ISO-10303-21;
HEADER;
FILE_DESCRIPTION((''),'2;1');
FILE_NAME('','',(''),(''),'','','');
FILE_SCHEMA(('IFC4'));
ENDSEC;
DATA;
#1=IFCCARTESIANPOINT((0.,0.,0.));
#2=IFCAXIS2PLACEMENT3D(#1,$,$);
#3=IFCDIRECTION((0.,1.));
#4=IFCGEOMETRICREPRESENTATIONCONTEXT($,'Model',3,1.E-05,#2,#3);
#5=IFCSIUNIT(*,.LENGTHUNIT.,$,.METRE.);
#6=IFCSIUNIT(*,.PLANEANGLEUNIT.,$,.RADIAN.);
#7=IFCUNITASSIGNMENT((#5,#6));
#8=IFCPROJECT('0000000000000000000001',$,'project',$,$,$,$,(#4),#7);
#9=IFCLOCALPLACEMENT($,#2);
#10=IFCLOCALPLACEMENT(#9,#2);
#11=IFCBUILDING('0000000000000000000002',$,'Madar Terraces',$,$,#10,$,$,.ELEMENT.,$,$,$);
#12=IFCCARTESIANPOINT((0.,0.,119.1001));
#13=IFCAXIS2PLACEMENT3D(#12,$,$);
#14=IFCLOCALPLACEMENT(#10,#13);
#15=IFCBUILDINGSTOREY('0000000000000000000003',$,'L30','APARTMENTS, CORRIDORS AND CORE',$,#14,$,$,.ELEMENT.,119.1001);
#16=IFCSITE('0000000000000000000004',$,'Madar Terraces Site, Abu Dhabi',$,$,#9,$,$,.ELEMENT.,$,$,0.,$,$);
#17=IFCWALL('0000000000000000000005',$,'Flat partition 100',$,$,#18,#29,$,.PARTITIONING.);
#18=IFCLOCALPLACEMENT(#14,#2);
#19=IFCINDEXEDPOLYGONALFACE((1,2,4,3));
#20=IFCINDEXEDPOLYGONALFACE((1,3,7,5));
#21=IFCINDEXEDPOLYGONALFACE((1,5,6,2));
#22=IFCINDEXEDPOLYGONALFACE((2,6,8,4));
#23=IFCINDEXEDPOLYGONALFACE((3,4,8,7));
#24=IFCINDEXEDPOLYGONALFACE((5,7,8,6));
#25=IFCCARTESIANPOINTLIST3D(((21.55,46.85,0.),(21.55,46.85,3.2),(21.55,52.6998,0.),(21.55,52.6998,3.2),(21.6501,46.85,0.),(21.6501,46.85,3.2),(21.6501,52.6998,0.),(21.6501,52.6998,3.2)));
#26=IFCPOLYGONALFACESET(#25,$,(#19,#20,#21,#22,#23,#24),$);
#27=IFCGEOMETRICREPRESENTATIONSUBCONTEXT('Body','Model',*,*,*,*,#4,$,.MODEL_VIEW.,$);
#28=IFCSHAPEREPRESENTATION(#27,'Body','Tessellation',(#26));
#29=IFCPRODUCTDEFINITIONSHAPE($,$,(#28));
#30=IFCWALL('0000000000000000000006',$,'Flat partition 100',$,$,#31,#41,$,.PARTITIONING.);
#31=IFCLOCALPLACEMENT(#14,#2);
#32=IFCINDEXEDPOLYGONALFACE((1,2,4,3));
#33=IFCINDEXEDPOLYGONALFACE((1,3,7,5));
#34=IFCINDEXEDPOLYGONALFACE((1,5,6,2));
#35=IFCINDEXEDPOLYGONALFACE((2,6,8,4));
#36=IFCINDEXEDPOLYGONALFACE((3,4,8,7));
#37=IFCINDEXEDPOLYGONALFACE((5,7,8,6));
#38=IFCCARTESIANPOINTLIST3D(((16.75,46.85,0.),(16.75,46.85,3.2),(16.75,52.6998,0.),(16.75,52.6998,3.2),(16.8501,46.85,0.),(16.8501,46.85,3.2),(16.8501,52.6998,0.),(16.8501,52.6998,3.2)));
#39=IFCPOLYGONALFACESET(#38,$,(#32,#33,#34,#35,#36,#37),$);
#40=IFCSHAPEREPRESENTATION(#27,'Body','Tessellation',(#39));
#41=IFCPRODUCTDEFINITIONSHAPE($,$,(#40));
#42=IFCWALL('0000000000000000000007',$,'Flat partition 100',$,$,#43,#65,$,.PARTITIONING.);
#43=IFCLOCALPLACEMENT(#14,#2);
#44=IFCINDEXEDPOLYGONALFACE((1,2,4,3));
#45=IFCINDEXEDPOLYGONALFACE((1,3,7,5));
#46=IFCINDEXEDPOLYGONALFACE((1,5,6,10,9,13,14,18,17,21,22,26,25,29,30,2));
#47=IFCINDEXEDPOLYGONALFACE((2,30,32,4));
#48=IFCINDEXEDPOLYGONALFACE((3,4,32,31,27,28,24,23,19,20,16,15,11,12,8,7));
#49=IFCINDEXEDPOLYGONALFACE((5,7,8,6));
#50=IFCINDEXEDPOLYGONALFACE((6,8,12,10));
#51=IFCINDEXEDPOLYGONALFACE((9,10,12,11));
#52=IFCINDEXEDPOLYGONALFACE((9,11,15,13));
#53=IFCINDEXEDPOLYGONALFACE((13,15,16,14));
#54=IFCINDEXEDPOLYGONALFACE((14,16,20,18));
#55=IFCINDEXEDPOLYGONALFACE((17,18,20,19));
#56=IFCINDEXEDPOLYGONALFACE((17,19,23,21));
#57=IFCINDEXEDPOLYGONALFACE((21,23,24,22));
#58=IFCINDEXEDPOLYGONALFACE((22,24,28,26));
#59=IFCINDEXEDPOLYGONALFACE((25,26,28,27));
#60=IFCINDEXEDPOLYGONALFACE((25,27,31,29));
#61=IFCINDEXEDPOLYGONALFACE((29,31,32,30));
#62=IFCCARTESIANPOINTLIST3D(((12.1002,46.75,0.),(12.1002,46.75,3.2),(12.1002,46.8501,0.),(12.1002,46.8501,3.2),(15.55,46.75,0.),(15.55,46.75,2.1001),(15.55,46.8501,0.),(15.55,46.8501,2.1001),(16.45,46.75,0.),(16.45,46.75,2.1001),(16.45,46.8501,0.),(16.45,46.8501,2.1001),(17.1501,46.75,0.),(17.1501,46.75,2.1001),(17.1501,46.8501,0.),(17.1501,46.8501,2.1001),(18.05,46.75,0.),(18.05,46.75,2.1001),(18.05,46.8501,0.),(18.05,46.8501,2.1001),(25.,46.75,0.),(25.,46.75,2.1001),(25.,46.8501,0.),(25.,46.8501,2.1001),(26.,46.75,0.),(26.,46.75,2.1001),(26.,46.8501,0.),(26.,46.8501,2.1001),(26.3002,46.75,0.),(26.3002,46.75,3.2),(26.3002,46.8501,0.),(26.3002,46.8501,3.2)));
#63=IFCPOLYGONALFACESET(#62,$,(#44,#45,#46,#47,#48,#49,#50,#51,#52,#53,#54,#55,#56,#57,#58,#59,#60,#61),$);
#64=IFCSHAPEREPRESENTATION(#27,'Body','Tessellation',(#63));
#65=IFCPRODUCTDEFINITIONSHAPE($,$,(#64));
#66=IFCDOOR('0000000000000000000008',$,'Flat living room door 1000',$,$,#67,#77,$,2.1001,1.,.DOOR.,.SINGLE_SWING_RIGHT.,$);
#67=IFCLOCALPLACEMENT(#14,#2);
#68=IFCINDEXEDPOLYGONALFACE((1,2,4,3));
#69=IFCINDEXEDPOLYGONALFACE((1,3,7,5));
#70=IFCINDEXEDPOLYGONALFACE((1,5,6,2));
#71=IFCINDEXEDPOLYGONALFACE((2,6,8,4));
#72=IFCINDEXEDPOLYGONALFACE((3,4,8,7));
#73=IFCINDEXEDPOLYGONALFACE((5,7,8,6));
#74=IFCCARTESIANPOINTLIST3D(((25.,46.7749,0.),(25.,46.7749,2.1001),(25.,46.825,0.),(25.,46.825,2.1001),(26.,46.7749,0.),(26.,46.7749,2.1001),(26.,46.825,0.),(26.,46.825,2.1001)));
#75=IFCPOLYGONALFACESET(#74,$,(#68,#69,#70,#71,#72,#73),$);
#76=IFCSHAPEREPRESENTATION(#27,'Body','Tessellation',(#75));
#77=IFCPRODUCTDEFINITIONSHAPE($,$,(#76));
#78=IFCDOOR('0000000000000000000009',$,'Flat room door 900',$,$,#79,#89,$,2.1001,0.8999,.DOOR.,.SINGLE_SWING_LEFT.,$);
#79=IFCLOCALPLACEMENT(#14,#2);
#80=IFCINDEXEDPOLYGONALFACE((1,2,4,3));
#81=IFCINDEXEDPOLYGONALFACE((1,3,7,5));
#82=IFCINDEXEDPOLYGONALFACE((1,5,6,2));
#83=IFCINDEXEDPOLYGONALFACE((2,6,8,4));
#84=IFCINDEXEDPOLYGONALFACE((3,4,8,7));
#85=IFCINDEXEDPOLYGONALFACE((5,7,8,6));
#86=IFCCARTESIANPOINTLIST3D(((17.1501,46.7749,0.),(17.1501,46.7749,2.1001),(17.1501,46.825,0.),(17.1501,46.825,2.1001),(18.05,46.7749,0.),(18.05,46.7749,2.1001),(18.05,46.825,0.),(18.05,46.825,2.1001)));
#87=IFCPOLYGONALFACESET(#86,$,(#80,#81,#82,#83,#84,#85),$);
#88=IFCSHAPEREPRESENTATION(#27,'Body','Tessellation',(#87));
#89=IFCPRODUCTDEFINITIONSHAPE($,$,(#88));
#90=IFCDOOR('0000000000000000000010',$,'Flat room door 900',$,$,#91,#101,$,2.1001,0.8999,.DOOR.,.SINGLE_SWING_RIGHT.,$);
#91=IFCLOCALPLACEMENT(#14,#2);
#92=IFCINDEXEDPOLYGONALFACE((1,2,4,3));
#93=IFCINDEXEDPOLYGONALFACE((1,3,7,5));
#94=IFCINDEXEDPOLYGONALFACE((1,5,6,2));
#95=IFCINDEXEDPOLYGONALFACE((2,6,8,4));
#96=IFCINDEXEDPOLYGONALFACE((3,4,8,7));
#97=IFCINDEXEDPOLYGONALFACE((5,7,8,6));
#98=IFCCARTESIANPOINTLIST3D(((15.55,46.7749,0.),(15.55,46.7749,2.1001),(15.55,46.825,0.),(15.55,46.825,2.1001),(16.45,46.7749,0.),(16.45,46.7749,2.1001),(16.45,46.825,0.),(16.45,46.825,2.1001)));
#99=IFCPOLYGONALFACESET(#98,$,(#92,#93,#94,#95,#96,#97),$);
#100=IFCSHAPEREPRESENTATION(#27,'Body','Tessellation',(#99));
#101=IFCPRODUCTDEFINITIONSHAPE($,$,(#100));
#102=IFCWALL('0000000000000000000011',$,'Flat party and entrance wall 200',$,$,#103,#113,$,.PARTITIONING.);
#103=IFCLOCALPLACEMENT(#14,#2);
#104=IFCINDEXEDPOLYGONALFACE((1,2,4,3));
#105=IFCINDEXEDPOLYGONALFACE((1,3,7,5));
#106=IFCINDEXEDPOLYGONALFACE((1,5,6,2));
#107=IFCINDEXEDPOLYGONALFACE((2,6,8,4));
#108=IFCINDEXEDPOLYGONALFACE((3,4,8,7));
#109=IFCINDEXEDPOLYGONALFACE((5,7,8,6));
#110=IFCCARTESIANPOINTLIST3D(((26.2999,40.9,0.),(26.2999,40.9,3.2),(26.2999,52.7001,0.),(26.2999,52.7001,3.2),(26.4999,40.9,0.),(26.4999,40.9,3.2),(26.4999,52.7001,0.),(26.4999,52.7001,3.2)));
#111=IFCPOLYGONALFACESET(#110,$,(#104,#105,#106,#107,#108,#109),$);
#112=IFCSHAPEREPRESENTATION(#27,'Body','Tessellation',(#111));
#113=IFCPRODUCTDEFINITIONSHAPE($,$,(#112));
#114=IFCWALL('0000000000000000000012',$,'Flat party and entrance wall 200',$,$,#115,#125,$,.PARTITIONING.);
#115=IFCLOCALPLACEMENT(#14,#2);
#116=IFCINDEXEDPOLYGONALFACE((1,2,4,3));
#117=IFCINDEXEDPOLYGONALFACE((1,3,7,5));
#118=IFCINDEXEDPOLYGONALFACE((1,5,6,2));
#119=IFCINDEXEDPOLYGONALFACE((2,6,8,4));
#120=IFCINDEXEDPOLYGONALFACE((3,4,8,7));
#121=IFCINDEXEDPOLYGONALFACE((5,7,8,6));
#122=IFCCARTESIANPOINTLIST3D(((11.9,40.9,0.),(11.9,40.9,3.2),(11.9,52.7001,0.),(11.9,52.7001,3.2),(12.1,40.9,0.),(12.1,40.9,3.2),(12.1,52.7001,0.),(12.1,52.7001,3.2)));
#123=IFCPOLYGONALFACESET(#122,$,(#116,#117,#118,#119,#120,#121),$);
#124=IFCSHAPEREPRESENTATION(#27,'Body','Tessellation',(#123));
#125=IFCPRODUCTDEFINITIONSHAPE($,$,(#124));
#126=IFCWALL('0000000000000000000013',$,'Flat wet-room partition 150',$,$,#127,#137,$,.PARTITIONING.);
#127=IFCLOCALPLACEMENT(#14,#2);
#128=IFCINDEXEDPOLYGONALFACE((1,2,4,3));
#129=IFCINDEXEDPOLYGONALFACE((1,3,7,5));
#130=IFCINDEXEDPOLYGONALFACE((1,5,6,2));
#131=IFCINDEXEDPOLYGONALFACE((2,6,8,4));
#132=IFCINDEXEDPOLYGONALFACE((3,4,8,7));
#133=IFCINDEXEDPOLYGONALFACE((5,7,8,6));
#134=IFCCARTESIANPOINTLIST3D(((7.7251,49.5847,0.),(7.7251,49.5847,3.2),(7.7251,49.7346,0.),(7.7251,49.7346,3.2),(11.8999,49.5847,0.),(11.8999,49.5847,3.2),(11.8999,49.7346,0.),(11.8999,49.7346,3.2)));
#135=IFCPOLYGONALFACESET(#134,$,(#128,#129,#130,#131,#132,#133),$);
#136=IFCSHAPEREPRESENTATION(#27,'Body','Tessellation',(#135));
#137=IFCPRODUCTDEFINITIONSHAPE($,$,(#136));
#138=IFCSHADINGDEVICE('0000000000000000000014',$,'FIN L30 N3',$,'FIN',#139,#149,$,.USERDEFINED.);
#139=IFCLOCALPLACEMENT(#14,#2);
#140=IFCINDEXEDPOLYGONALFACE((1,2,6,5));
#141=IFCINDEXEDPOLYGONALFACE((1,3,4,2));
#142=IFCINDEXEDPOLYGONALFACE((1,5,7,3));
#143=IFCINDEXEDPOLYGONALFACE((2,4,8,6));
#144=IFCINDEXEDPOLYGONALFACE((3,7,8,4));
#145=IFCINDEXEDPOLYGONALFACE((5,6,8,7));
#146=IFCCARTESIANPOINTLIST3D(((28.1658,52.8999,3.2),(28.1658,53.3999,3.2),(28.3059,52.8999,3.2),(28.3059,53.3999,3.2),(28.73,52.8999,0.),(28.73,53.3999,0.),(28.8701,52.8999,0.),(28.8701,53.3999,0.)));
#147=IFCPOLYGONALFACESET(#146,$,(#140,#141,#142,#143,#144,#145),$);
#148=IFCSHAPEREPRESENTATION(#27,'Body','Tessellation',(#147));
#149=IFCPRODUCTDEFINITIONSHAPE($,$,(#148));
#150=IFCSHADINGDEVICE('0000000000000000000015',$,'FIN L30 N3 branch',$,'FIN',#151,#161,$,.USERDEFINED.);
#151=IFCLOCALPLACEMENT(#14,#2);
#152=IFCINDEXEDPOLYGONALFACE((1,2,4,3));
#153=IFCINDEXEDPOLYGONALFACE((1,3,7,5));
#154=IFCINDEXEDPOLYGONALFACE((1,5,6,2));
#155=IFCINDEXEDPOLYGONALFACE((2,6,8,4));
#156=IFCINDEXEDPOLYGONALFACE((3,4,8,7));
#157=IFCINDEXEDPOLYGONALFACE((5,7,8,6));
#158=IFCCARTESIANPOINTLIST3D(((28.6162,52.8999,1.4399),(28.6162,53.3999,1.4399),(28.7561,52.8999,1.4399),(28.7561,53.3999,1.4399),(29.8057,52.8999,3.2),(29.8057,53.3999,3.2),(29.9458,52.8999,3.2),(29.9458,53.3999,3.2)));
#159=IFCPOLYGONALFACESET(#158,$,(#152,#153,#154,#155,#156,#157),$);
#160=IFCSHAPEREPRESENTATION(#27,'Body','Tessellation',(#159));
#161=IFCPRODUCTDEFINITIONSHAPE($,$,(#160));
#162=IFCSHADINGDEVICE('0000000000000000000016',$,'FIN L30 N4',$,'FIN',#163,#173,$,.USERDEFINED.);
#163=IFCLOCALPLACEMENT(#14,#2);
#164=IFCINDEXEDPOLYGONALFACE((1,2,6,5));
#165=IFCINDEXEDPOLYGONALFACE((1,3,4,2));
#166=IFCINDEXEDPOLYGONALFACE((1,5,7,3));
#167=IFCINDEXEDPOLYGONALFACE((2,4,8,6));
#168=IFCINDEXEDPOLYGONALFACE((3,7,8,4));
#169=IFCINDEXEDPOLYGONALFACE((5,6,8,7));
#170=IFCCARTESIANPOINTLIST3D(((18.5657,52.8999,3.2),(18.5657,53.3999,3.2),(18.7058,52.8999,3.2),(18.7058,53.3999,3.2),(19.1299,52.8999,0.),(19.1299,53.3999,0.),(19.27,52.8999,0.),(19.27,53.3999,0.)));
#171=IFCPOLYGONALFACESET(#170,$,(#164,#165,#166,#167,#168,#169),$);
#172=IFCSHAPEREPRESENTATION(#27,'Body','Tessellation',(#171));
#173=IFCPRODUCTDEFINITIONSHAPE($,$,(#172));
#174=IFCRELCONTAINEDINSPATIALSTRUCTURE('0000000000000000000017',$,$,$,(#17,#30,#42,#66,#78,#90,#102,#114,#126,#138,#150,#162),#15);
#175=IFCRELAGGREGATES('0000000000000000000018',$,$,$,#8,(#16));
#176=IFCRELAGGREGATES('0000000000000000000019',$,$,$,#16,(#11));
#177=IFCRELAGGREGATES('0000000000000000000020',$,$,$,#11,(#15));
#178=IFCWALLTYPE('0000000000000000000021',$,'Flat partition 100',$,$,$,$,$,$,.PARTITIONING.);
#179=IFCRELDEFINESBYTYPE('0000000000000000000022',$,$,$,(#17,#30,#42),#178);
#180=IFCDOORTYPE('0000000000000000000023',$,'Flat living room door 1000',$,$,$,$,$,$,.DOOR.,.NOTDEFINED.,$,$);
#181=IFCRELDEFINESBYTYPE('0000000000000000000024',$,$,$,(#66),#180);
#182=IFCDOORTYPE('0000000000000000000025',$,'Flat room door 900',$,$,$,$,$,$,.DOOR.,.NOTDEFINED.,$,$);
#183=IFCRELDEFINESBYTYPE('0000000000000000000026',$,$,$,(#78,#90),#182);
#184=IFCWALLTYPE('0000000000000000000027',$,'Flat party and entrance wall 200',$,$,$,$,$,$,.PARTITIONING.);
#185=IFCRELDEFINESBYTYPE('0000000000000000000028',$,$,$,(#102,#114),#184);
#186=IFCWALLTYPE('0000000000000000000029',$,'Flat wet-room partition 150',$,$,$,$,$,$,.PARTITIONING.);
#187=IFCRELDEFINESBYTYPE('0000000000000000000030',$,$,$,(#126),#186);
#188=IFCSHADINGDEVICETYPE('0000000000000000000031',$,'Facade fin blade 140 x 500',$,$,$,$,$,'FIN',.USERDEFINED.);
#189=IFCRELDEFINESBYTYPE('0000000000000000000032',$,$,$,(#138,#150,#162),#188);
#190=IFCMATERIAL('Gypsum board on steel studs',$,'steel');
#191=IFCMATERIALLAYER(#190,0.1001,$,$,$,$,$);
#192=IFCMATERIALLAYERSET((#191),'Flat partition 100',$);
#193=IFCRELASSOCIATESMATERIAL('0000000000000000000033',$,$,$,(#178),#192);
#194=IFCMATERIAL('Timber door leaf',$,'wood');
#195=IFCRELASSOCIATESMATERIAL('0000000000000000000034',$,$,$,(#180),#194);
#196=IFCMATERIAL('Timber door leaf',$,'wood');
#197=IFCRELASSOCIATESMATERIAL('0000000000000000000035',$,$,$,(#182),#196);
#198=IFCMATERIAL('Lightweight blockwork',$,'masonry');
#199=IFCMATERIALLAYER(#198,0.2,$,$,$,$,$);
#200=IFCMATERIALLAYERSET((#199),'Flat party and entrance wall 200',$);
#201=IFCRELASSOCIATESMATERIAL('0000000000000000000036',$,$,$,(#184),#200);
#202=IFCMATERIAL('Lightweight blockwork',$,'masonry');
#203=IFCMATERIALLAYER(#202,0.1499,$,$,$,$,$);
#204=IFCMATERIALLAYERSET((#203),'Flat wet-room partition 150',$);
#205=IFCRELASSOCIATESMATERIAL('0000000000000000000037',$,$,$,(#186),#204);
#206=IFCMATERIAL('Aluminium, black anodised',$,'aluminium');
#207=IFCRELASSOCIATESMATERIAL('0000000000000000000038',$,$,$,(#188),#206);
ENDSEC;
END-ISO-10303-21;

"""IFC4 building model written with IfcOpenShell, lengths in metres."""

from ifc_helpers import new_model, si_unit, direction, frame, frame_2d, origin, place, context, subcontext, project, spatial, polyline, rectangle, outline, extrude, material, layer, layer_set, type_object, element, fill, save


model = new_model("IFC4")

# Units and contexts
model_context = context("Model", 3, precision=1e-05, world=origin(), true_north=direction((0.0, 1.0)))
body_context = subcontext(model_context, "Body", "Model", "MODEL_VIEW")
ifc_project = project(units=[si_unit("LENGTHUNIT", "METRE"), si_unit("PLANEANGLEUNIT", "RADIAN")], contexts=[model_context])

# Site, building, storey
site_placement = place(None, origin())
site = spatial("IfcSite", under=ifc_project, at=site_placement, Name="Madar Terraces Site, Abu Dhabi", CompositionType="ELEMENT", RefElevation=0.0)
building_placement = place(site_placement, origin())
building = spatial("IfcBuilding", under=site, at=building_placement, Name="Madar Terraces", CompositionType="ELEMENT")
storey_placement = place(building_placement, frame((0.0, 0.0, 119.1001)))
storey = spatial("IfcBuildingStorey", under=building, at=storey_placement, Name="L30", Description="APARTMENTS, CORRIDORS AND CORE", CompositionType="ELEMENT", Elevation=119.1001)

# Walls
ifc_material_1 = material(Name="Gypsum board on steel studs", Category="steel")
ifc_layer_1 = layer(ifc_material_1, 0.1001)
ifc_layer_set_1 = layer_set([ifc_layer_1], Name="Flat partition 100")
wall_type_1 = type_object("IfcWallType", Name="Flat partition 100", PredefinedType="PARTITIONING", material=ifc_layer_set_1)
for number, where, z_axis, x_axis, name in (
    (1, (21.6001, 46.8501, 0.0), (0.0, 0.0, 1.0), (0.0, 1.0, 0.0), "Flat partition 100"),
    (2, (16.8, 46.8501, 0.0), (0.0, 0.0, 1.0), (0.0, 1.0, 0.0), "Flat partition 100"),
):
    element("IfcWall", number, at=place(storey_placement, frame(where, z_axis=z_axis, x_axis=x_axis)), inside=storey, type_object=wall_type_1, Name=name, PredefinedType="PARTITIONING", context=body_context, shape_type="SweptSolid", body=[
        extrude(rectangle(XDim=5.8499, YDim=0.1001, at=frame_2d((2.9248, 0.0))), origin(), (0.0, 0.0, 1.0), 3.2),
    ])

# Wall, openings, doors
wall_1_placement = place(storey_placement, frame((12.1001, 46.8, 0.0), z_axis=(0.0, 0.0, 1.0), x_axis=(1.0, 0.0, 0.0)))
wall_1 = element("IfcWall", 3, at=wall_1_placement, inside=storey, type_object=wall_type_1, Name="Flat partition 100", PredefinedType="PARTITIONING", context=body_context, shape_type="SweptSolid", body=[
    extrude(rectangle(XDim=14.2, YDim=0.1001, at=frame_2d((7.1001, 0.0))), origin(), (0.0, 0.0, 1.0), 3.2),
])
opening_1_placement = place(wall_1_placement, frame((12.8999, 0.0, 0.0)))
opening_1 = element("IfcOpeningElement", 4, at=opening_1_placement, cuts=wall_1, PredefinedType="OPENING", context=body_context, shape_type="SweptSolid", body=[
    extrude(rectangle(XDim=1.0, YDim=2.1001, at=frame_2d((0.5, 1.05))), frame((0.0, 0.0601, 0.0), z_axis=(0.0, -1.0, 0.0), x_axis=(1.0, 0.0, 0.0)), (0.0, 0.0, 1.0), 0.1201),
])
opening_2_placement = place(wall_1_placement, frame((5.05, 0.0, 0.0)))
opening_2 = element("IfcOpeningElement", 5, at=opening_2_placement, cuts=wall_1, PredefinedType="OPENING", context=body_context, shape_type="SweptSolid", body=[
    extrude(rectangle(XDim=0.8999, YDim=2.1001, at=frame_2d((0.45, 1.05))), frame((0.0, 0.0601, 0.0), z_axis=(0.0, -1.0, 0.0), x_axis=(1.0, 0.0, 0.0)), (0.0, 0.0, 1.0), 0.1201),
])
opening_3_placement = place(wall_1_placement, frame((3.45, 0.0, 0.0)))
opening_3 = element("IfcOpeningElement", 6, at=opening_3_placement, cuts=wall_1, PredefinedType="OPENING", context=body_context, shape_type="SweptSolid", body=[
    extrude(rectangle(XDim=0.8999, YDim=2.1001, at=frame_2d((0.45, 1.05))), frame((0.0, 0.0601, 0.0), z_axis=(0.0, -1.0, 0.0), x_axis=(1.0, 0.0, 0.0)), (0.0, 0.0, 1.0), 0.1201),
])
ifc_material_2 = material(Name="Timber door leaf", Category="wood")
door_type_1 = type_object("IfcDoorType", Name="Flat living room door 1000", OperationType="NOTDEFINED", PredefinedType="DOOR", material=ifc_material_2)
door_1_placement = place(opening_1_placement, origin())
door_1 = element("IfcDoor", 7, at=door_1_placement, inside=storey, type_object=door_type_1, Name="Flat living room door 1000", OperationType="SINGLE_SWING_RIGHT", OverallHeight=2.1001, OverallWidth=1.0, PredefinedType="DOOR", context=body_context, shape_type="SweptSolid", body=[
    extrude(rectangle(XDim=1.0, YDim=2.1001, at=frame_2d((0.5, 1.05))), frame((0.0, 0.0249, 0.0), z_axis=(0.0, -1.0, 0.0), x_axis=(1.0, 0.0, 0.0)), (0.0, 0.0, 1.0), 0.05),
])
fill(opening_1, door_1)
ifc_material_3 = material(Name="Timber door leaf", Category="wood")
door_type_2 = type_object("IfcDoorType", Name="Flat room door 900", OperationType="NOTDEFINED", PredefinedType="DOOR", material=ifc_material_3)
door_2_placement = place(opening_2_placement, origin())
door_2 = element("IfcDoor", 8, at=door_2_placement, inside=storey, type_object=door_type_2, Name="Flat room door 900", OperationType="SINGLE_SWING_LEFT", OverallHeight=2.1001, OverallWidth=0.8999, PredefinedType="DOOR", context=body_context, shape_type="SweptSolid", body=[
    extrude(rectangle(XDim=0.8999, YDim=2.1001, at=frame_2d((0.45, 1.05))), frame((0.0, 0.0249, 0.0), z_axis=(0.0, -1.0, 0.0), x_axis=(1.0, 0.0, 0.0)), (0.0, 0.0, 1.0), 0.05),
])
fill(opening_2, door_2)
door_3_placement = place(opening_3_placement, origin())
door_3 = element("IfcDoor", 9, at=door_3_placement, inside=storey, type_object=door_type_2, Name="Flat room door 900", OperationType="SINGLE_SWING_RIGHT", OverallHeight=2.1001, OverallWidth=0.8999, PredefinedType="DOOR", context=body_context, shape_type="SweptSolid", body=[
    extrude(rectangle(XDim=0.8999, YDim=2.1001, at=frame_2d((0.45, 1.05))), frame((0.0, 0.0249, 0.0), z_axis=(0.0, -1.0, 0.0), x_axis=(1.0, 0.0, 0.0)), (0.0, 0.0, 1.0), 0.05),
])
fill(opening_3, door_3)

# Walls
ifc_material_4 = material(Name="Lightweight blockwork", Category="masonry")
ifc_layer_2 = layer(ifc_material_4, 0.2)
ifc_layer_set_2 = layer_set([ifc_layer_2], Name="Flat party and entrance wall 200")
wall_type_2 = type_object("IfcWallType", Name="Flat party and entrance wall 200", PredefinedType="PARTITIONING", material=ifc_layer_set_2)
for number, where, z_axis, x_axis, name in (
    (10, (26.3999, 52.7, 0.0), (0.0, 0.0, 1.0), (0.0, -1.0, 0.0), "Flat party and entrance wall 200"),
    (11, (12.0, 52.7, 0.0), (0.0, 0.0, 1.0), (0.0, -1.0, 0.0), "Flat party and entrance wall 200"),
):
    element("IfcWall", number, at=place(storey_placement, frame(where, z_axis=z_axis, x_axis=x_axis)), inside=storey, type_object=wall_type_2, Name=name, PredefinedType="PARTITIONING", context=body_context, shape_type="SweptSolid", body=[
        extrude(rectangle(XDim=11.8, YDim=0.2, at=frame_2d((5.8999, 0.0))), origin(), (0.0, 0.0, 1.0), 3.2),
    ])
ifc_material_5 = material(Name="Lightweight blockwork", Category="masonry")
ifc_layer_3 = layer(ifc_material_5, 0.1499)
ifc_layer_set_3 = layer_set([ifc_layer_3], Name="Flat wet-room partition 150")
wall_type_3 = type_object("IfcWallType", Name="Flat wet-room partition 150", PredefinedType="PARTITIONING", material=ifc_layer_set_3)
wall_2_placement = place(storey_placement, frame((11.8999, 49.6597, 0.0), z_axis=(0.0, 0.0, 1.0), x_axis=(-1.0, 0.0, 0.0)))
element("IfcWall", 12, at=wall_2_placement, inside=storey, type_object=wall_type_3, Name="Flat wet-room partition 150", PredefinedType="PARTITIONING", context=body_context, shape_type="SweptSolid", body=[
    extrude(rectangle(XDim=4.1748, YDim=0.1499, at=frame_2d((2.0874, 0.0))), origin(), (0.0, 0.0, 1.0), 3.2),
])

# Shading devices
ifc_material_6 = material(Name="Aluminium, black anodised", Category="aluminium")
shading_device_type = type_object("IfcShadingDeviceType", Name="Facade fin blade 140 x 500", ElementType="FIN", PredefinedType="USERDEFINED", material=ifc_material_6)
shading_device_1_placement = place(storey_placement, frame((28.8701, 53.1499, 0.0), z_axis=(0.0, 0.0, 1.0), x_axis=(-1.0, 0.0, 0.0)))
element("IfcShadingDevice", 13, at=shading_device_1_placement, inside=storey, type_object=shading_device_type, Name="FIN L30 N3", ObjectType="FIN", PredefinedType="USERDEFINED", context=body_context, shape_type="SweptSolid", body=[
    extrude(outline(polyline([(0.0, 0.0), (0.1401, 0.0), (0.7043, 3.2), (0.5642, 3.2), (0.0, 0.0)])), frame((0.0, 0.25, 0.0), z_axis=(0.0, -1.0, 0.0), x_axis=(1.0, 0.0, 0.0)), (0.0, 0.0, 1.0), 0.5),
])
shading_device_2_placement = place(storey_placement, frame((28.7561, 53.1499, 1.4399), z_axis=(0.0, 0.0, 1.0), x_axis=(-1.0, 0.0, 0.0)))
element("IfcShadingDevice", 14, at=shading_device_2_placement, inside=storey, type_object=shading_device_type, Name="FIN L30 N3 branch", ObjectType="FIN", PredefinedType="USERDEFINED", context=body_context, shape_type="SweptSolid", body=[
    extrude(outline(polyline([(0.0, 0.0), (0.1399, 0.0), (-1.0496, 1.76), (-1.1897, 1.76), (0.0, 0.0)])), frame((0.0, 0.25, 0.0), z_axis=(0.0, -1.0, 0.0), x_axis=(1.0, 0.0, 0.0)), (0.0, 0.0, 1.0), 0.5),
])
shading_device_3_placement = place(storey_placement, frame((19.27, 53.1499, 0.0), z_axis=(0.0, 0.0, 1.0), x_axis=(-1.0, 0.0, 0.0)))
element("IfcShadingDevice", 15, at=shading_device_3_placement, inside=storey, type_object=shading_device_type, Name="FIN L30 N4", ObjectType="FIN", PredefinedType="USERDEFINED", context=body_context, shape_type="SweptSolid", body=[
    extrude(outline(polyline([(0.0, 0.0), (0.1401, 0.0), (0.7043, 3.2), (0.5642, 3.2), (0.0, 0.0)])), frame((0.0, 0.25, 0.0), z_axis=(0.0, -1.0, 0.0), x_axis=(1.0, 0.0, 0.0)), (0.0, 0.0, 1.0), 0.5),
])

save(model, "model.ifc")
